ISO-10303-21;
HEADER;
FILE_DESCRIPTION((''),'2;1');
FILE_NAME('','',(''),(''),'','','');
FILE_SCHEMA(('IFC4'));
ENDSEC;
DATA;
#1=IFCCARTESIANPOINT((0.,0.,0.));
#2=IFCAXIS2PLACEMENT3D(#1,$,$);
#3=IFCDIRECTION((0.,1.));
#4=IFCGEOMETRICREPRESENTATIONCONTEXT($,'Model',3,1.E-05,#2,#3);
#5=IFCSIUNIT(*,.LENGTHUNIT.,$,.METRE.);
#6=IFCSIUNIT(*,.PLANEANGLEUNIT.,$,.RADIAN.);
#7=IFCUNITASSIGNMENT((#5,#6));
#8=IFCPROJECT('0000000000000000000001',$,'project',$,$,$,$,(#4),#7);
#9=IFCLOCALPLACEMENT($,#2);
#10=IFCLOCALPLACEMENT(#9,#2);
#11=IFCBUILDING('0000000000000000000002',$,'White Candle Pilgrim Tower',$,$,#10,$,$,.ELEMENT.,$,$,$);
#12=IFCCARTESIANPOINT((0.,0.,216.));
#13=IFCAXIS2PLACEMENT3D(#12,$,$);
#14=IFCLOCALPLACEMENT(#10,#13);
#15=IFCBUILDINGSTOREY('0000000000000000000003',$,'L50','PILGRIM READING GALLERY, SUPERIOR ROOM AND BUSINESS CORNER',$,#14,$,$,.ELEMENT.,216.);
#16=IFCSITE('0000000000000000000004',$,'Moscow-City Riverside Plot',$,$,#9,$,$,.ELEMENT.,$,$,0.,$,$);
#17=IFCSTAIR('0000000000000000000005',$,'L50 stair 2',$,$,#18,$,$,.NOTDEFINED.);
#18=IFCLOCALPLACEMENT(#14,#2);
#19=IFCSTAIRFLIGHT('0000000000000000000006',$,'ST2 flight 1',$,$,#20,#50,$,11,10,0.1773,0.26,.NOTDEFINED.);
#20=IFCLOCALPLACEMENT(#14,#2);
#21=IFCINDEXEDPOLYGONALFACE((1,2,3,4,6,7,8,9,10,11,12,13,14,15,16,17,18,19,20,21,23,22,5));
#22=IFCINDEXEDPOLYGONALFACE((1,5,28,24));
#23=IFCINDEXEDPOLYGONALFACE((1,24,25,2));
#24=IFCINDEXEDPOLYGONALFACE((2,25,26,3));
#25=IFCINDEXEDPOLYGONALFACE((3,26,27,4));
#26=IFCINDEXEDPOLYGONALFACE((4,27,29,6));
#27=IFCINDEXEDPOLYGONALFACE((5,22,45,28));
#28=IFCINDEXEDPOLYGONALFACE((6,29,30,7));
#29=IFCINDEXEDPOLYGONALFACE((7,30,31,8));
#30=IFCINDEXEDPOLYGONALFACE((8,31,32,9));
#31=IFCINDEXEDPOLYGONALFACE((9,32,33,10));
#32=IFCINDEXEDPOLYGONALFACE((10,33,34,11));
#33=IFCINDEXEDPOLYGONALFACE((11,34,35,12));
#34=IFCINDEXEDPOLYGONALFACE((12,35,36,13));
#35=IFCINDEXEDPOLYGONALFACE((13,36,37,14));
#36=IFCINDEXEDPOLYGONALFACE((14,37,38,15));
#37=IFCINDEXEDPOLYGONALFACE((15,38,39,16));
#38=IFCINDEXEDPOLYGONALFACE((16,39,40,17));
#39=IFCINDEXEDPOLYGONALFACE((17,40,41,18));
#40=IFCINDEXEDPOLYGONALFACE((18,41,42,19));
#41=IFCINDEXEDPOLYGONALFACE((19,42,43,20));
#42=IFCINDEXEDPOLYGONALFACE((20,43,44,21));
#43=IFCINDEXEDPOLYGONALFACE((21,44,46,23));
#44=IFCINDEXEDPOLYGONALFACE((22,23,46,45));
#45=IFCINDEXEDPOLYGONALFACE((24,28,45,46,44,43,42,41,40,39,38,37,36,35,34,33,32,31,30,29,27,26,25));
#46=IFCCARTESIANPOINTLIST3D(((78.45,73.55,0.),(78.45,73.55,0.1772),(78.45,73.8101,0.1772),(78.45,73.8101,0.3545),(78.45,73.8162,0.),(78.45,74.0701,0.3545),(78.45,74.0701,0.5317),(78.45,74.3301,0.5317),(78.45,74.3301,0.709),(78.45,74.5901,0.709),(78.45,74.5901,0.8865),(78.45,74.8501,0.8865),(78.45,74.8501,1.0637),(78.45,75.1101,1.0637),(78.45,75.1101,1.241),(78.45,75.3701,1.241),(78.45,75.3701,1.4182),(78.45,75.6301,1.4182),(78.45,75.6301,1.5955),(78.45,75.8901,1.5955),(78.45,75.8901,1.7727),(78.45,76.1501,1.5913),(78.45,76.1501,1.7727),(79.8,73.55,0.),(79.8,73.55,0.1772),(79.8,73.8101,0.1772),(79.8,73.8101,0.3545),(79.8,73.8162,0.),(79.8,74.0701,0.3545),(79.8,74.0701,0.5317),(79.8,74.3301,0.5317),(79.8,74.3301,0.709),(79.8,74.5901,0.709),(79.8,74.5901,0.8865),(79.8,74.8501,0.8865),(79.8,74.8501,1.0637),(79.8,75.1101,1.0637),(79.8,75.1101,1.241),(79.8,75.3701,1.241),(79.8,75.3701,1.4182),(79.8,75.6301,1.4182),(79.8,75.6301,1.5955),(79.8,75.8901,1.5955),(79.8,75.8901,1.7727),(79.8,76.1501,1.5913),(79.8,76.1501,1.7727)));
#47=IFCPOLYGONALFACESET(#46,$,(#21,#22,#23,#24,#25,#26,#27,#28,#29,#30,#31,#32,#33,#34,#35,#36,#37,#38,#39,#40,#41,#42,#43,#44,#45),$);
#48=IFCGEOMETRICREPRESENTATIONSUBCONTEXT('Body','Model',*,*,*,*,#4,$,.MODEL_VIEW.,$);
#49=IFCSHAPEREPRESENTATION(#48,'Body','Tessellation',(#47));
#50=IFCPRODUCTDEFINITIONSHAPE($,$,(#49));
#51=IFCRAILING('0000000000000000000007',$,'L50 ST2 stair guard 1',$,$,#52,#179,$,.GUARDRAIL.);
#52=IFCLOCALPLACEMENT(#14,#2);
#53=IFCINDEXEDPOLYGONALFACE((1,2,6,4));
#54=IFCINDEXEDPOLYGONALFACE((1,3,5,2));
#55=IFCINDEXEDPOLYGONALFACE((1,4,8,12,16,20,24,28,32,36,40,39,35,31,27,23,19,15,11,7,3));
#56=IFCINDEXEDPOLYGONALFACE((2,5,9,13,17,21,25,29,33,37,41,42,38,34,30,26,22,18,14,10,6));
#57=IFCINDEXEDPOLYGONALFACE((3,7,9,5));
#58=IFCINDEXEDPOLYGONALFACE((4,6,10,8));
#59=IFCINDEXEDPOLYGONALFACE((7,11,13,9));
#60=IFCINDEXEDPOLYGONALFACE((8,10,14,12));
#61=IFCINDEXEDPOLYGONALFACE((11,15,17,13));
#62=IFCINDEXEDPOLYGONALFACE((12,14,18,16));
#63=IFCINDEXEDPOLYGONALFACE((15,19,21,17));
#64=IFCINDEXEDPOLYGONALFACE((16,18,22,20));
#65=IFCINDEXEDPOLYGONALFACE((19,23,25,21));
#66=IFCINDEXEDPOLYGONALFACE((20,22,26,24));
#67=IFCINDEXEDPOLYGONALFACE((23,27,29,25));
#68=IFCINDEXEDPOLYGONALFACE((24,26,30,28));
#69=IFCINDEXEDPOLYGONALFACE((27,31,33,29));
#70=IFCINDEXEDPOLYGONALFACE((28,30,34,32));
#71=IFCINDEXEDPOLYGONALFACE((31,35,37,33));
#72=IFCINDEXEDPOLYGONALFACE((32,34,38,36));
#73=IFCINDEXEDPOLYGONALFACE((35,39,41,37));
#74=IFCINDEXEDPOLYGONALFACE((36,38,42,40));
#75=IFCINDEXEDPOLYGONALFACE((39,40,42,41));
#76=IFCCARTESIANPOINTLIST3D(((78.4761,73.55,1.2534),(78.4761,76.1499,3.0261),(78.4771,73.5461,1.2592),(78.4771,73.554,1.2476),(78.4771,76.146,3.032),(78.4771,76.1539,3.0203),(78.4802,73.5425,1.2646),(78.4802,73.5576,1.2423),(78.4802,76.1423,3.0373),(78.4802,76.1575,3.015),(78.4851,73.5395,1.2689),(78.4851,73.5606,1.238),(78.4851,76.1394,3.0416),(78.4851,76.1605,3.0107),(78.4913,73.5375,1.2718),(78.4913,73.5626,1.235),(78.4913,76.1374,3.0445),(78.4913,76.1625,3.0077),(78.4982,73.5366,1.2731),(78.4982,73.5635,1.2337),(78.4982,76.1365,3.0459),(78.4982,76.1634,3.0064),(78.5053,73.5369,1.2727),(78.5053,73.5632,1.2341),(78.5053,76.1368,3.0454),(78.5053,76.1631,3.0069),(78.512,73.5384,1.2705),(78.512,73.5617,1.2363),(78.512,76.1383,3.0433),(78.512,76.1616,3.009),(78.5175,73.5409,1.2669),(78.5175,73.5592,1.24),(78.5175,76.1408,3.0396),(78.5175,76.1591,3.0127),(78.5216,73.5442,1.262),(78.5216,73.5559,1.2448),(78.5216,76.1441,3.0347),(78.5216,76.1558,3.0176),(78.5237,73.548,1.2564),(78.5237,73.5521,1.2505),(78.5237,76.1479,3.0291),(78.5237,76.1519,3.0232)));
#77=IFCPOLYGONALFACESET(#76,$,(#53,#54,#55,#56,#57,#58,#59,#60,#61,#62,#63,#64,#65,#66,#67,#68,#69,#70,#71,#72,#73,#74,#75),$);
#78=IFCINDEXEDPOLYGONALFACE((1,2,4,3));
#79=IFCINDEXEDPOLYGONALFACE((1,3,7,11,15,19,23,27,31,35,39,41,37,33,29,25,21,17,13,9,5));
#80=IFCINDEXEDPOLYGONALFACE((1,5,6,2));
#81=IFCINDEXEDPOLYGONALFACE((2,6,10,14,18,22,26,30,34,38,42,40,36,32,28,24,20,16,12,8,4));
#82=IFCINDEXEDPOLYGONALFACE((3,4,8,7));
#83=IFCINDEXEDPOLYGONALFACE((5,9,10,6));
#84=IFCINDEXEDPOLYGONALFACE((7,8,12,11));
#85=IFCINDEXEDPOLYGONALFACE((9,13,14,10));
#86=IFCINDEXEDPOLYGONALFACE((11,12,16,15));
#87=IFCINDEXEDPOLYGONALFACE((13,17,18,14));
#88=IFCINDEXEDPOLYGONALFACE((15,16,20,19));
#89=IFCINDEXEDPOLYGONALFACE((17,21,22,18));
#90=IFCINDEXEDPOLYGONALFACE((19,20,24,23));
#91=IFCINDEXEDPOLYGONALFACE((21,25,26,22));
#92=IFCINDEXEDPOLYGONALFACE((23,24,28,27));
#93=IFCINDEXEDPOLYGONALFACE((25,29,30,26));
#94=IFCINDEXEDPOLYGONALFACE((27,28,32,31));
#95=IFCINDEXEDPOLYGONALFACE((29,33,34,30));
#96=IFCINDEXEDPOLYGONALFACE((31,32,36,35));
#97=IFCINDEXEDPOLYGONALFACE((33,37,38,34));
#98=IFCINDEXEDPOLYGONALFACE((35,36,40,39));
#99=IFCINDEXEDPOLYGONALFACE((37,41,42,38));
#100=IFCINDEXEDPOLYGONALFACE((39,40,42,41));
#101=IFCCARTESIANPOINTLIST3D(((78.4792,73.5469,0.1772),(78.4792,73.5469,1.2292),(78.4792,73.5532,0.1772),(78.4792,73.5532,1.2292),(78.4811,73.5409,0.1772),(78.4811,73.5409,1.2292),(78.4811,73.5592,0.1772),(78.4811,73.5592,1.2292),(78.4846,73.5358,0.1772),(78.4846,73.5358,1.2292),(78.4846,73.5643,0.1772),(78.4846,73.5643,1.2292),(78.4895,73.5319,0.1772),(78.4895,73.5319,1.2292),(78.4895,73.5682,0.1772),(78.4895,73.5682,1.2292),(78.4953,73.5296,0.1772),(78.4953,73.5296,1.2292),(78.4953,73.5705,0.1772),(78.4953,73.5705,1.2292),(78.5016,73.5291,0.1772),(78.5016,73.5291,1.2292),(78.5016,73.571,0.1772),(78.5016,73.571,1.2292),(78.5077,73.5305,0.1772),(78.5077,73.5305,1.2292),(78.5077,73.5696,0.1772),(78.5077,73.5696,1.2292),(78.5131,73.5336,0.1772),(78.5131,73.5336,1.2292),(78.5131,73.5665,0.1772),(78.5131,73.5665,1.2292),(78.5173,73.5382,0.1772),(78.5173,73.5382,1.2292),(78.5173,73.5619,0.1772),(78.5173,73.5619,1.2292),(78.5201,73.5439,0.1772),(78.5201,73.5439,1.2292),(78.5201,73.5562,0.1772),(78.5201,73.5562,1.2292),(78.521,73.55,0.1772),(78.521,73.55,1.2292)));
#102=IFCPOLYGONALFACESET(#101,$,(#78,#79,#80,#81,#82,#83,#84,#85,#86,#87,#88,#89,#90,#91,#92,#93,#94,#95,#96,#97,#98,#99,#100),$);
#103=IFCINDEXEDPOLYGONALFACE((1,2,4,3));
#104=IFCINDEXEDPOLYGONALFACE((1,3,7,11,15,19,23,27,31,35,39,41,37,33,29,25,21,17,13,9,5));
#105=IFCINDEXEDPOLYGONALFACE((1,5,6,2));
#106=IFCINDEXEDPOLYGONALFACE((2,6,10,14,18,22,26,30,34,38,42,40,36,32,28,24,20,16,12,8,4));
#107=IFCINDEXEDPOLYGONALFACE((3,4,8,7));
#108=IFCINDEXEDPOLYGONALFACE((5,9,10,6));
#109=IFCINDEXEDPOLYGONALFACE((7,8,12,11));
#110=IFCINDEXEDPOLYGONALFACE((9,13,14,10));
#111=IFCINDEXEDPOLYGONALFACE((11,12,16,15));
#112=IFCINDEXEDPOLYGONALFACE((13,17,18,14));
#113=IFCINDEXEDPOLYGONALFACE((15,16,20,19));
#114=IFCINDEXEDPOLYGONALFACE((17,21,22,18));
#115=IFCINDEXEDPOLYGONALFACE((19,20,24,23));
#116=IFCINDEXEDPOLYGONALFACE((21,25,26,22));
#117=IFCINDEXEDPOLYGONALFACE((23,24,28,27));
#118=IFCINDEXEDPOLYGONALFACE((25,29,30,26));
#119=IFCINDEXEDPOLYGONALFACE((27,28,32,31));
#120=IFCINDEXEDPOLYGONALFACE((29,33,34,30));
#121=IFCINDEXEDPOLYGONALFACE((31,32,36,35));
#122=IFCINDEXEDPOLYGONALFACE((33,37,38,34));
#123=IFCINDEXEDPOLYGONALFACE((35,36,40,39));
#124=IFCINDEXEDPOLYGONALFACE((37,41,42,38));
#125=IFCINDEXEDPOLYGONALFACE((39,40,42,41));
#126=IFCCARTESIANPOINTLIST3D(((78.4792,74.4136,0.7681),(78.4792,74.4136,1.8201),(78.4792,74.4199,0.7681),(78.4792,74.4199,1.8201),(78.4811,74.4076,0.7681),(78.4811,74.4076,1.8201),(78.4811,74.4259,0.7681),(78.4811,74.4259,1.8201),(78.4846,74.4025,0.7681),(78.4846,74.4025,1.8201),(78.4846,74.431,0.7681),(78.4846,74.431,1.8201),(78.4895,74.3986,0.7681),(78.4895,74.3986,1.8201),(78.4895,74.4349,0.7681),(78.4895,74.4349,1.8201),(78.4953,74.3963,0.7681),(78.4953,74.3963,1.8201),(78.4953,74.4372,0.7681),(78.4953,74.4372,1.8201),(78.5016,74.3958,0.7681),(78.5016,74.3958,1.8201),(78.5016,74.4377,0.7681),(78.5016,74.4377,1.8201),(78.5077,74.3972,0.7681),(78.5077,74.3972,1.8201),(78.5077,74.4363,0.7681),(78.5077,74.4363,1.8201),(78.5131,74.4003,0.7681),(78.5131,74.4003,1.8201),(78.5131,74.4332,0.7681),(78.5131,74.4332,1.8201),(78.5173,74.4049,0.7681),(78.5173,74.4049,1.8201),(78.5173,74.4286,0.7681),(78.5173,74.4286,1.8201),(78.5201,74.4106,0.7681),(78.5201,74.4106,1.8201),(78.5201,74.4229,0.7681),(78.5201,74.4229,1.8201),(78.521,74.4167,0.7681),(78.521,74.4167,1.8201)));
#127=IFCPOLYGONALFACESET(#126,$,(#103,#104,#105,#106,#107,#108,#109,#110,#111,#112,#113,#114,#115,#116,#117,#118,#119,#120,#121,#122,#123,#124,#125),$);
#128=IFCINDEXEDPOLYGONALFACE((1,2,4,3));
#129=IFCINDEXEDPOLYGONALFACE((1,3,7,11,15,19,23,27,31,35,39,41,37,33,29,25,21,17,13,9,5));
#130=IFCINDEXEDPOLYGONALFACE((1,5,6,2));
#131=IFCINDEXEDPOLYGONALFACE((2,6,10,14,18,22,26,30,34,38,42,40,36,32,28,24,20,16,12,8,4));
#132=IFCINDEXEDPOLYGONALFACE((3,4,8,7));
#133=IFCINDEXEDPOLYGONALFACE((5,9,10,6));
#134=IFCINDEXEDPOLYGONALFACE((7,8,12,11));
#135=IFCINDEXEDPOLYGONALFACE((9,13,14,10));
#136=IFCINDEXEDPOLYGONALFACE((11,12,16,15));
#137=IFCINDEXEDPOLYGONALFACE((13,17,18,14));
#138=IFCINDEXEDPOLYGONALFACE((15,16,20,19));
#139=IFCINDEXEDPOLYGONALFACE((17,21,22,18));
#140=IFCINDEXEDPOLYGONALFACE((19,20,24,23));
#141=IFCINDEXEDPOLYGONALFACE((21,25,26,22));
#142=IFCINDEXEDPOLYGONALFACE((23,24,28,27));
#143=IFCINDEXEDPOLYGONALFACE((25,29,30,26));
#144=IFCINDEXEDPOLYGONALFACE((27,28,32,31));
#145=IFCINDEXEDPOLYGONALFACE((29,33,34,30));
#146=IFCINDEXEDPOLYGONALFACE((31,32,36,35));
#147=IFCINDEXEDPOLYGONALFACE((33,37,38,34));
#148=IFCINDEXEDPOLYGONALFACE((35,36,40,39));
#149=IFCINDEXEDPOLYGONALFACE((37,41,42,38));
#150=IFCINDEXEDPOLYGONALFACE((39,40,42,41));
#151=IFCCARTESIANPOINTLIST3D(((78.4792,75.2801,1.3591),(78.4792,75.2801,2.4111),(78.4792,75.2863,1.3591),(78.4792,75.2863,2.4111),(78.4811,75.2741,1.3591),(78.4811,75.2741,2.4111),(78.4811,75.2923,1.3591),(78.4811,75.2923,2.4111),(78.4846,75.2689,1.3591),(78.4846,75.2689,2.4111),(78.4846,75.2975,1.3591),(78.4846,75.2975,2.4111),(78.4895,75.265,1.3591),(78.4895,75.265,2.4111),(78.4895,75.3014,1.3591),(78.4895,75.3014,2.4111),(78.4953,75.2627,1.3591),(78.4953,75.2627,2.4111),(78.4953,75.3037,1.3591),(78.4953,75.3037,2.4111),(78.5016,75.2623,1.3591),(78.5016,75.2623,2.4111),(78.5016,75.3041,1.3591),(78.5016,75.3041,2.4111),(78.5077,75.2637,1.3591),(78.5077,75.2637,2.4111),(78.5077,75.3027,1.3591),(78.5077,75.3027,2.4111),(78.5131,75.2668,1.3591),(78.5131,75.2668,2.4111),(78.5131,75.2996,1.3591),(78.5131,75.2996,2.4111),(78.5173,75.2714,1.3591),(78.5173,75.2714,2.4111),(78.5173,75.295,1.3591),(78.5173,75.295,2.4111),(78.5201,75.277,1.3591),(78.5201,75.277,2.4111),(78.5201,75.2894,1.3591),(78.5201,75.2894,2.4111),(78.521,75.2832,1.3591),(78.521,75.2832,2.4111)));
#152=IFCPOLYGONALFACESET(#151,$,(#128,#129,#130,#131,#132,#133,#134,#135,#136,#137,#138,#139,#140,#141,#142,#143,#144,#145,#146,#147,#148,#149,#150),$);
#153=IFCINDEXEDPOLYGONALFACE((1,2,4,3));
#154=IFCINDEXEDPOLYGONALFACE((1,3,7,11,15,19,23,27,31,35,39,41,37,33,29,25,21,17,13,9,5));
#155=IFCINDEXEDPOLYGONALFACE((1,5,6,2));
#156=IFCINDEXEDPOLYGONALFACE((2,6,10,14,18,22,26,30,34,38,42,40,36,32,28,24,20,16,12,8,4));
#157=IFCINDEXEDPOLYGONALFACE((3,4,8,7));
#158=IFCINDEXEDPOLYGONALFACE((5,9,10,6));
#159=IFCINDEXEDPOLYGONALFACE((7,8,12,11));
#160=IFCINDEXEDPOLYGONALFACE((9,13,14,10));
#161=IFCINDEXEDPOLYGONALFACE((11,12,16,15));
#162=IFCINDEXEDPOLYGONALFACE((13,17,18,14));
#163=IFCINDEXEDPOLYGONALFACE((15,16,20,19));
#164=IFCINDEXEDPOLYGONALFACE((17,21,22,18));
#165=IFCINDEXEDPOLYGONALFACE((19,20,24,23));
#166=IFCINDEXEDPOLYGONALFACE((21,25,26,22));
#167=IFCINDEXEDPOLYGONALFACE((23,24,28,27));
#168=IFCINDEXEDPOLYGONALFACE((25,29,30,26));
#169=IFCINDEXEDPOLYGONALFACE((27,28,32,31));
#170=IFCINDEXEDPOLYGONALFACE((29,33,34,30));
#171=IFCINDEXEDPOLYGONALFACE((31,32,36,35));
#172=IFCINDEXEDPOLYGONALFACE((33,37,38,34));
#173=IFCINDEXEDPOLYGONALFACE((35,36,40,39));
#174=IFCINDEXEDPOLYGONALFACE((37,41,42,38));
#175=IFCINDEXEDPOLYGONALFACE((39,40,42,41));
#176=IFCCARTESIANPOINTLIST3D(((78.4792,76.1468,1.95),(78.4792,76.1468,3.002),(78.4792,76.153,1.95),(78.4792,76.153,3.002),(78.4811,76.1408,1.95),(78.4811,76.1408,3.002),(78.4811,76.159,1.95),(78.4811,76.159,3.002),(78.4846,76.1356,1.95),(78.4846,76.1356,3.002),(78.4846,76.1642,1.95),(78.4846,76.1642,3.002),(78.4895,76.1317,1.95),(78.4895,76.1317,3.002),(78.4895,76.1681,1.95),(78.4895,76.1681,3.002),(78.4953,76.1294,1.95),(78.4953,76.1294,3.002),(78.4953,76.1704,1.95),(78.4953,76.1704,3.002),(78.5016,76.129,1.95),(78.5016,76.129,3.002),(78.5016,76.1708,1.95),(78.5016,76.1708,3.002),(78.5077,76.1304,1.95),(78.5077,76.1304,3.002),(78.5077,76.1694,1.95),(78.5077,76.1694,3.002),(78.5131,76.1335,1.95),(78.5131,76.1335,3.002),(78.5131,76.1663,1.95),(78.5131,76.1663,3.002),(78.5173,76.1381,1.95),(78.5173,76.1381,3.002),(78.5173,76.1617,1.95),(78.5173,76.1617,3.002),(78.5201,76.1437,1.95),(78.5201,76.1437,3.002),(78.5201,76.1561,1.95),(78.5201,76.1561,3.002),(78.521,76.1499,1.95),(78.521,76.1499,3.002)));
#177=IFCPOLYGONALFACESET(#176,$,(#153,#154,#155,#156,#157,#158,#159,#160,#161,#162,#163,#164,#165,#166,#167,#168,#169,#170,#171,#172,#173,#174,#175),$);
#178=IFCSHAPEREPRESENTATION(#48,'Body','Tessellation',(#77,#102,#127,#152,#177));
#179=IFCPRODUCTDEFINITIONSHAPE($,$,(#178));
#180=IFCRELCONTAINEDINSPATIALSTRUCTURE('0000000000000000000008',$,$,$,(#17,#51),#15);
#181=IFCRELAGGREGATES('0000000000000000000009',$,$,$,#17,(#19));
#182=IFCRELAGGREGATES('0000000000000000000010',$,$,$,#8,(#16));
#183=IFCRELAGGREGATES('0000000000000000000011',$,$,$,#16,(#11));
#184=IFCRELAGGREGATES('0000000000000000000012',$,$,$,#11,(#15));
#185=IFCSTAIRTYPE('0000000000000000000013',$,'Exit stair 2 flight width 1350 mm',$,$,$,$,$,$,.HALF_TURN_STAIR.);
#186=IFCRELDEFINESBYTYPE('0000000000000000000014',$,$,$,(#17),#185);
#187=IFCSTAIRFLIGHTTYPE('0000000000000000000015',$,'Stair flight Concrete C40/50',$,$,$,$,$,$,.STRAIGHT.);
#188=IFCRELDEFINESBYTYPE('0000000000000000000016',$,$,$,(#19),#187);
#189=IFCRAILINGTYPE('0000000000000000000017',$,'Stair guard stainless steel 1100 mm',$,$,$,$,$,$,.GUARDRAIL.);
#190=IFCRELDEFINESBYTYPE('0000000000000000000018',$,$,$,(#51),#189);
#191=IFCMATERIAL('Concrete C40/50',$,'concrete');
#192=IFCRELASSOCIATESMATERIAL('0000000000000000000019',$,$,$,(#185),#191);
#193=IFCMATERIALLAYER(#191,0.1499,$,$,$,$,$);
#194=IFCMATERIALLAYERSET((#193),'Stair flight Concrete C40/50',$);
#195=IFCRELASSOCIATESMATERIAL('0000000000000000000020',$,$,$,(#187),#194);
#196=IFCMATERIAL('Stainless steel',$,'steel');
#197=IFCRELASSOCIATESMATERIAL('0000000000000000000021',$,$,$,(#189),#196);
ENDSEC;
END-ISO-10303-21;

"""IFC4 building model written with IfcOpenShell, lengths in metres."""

from ifc_helpers import new_model, si_unit, direction, frame, origin, origin_2d, place, context, subcontext, project, spatial, polyline, circle, outline, extrude, material, layer, layer_set, type_object, element, aggregate, save


model = new_model("IFC4")

# Units and contexts
model_context = context("Model", 3, precision=1e-05, world=origin(), true_north=direction((0.0, 1.0)))
body_context = subcontext(model_context, "Body", "Model", "MODEL_VIEW")
ifc_project = project(units=[si_unit("LENGTHUNIT", "METRE"), si_unit("PLANEANGLEUNIT", "RADIAN")], contexts=[model_context])

# Site, building, storey
site_placement = place(None, origin())
site = spatial("IfcSite", under=ifc_project, at=site_placement, Name="Moscow-City Riverside Plot", CompositionType="ELEMENT", RefElevation=0.0)
building_placement = place(site_placement, origin())
building = spatial("IfcBuilding", under=site, at=building_placement, Name="White Candle Pilgrim Tower", CompositionType="ELEMENT")
storey_placement = place(building_placement, frame((0.0, 0.0, 216.0)))
storey = spatial("IfcBuildingStorey", under=building, at=storey_placement, Name="L50", Description="PILGRIM READING GALLERY, SUPERIOR ROOM AND BUSINESS CORNER", CompositionType="ELEMENT", Elevation=216.0)

# Stair, stair flight
ifc_material_1 = material(Name="Concrete C40/50", Category="concrete")
stair_type = type_object("IfcStairType", Name="Exit stair 2 flight width 1350 mm", PredefinedType="HALF_TURN_STAIR", material=ifc_material_1)
stair_placement = place(storey_placement, origin())
stair = element("IfcStair", 1, at=stair_placement, inside=storey, type_object=stair_type, Name="L50 stair 2", PredefinedType="NOTDEFINED")
ifc_layer_1 = layer(ifc_material_1, 0.1499)
ifc_layer_set_1 = layer_set([ifc_layer_1], Name="Stair flight Concrete C40/50")
stair_flight_type = type_object("IfcStairFlightType", Name="Stair flight Concrete C40/50", PredefinedType="STRAIGHT", material=ifc_layer_set_1)
stair_flight_placement = place(storey_placement, frame((79.125, 73.55, 0.0), z_axis=(0.0, 0.0, 1.0), x_axis=(0.0, 1.0, 0.0)))
stair_flight = element("IfcStairFlight", 2, at=stair_flight_placement, type_object=stair_flight_type, Name="ST2 flight 1", NumberOfRisers=11, NumberOfTreads=10, PredefinedType="NOTDEFINED", RiserHeight=0.1773, TreadLength=0.26, context=body_context, shape_type="SweptSolid", body=[
    extrude(outline(polyline([(0.0, 0.0), (0.0, 0.1772), (0.26, 0.1772), (0.26, 0.3545), (0.52, 0.3545), (0.52, 0.5317), (0.78, 0.5317), (0.78, 0.709), (1.04, 0.709), (1.04, 0.8865), (1.3, 0.8865), (1.3, 1.0637), (1.5601, 1.0637), (1.5601, 1.241), (1.8201, 1.241), (1.8201, 1.4182), (2.0801, 1.4182), (2.0801, 1.5955), (2.3401, 1.5955), (2.3401, 1.7727), (2.6001, 1.7727), (2.6001, 1.95), (2.6001, 1.5913), (0.2661, 0.0), (0.0, 0.0)])), frame((0.0, 0.675, 0.0), z_axis=(0.0, -1.0, 0.0), x_axis=(1.0, 0.0, 0.0)), (0.0, 0.0, 1.0), 1.3501),
])
aggregate(stair, [stair_flight])

# Railing
ifc_material_2 = material(Name="Stainless steel", Category="steel")
railing_type_1 = type_object("IfcRailingType", Name="Stair guard stainless steel 1100 mm", PredefinedType="GUARDRAIL", material=ifc_material_2)
railing_1_placement = place(storey_placement, frame((78.5, 73.55, 0.1772)))
element("IfcRailing", 3, at=railing_1_placement, inside=storey, type_object=railing_type_1, Name="L50 ST2 stair guard 1", PredefinedType="GUARDRAIL", context=body_context, shape_type="SweptSolid", body=[
    extrude(circle(Radius=0.0239, at=origin_2d()), frame((0.0, 0.0, 1.0762), z_axis=(0.0, 0.826216, 0.563354), x_axis=(-1.0, 0.0, 0.0)), (0.0, 0.0, 1.0), 3.1467),
    extrude(circle(Radius=0.021, at=origin_2d()), origin(), (0.0, 0.0, 1.0), 1.052),
    extrude(circle(Radius=0.021, at=origin_2d()), frame((0.0, 0.8667, 0.5908)), (0.0, 0.0, 1.0), 1.052),
    extrude(circle(Radius=0.021, at=origin_2d()), frame((0.0, 1.7332, 1.1819)), (0.0, 0.0, 1.0), 1.052),
    extrude(circle(Radius=0.021, at=origin_2d()), frame((0.0, 2.5999, 1.7727)), (0.0, 0.0, 1.0), 1.052),
])

save(model, "model.ifc")
